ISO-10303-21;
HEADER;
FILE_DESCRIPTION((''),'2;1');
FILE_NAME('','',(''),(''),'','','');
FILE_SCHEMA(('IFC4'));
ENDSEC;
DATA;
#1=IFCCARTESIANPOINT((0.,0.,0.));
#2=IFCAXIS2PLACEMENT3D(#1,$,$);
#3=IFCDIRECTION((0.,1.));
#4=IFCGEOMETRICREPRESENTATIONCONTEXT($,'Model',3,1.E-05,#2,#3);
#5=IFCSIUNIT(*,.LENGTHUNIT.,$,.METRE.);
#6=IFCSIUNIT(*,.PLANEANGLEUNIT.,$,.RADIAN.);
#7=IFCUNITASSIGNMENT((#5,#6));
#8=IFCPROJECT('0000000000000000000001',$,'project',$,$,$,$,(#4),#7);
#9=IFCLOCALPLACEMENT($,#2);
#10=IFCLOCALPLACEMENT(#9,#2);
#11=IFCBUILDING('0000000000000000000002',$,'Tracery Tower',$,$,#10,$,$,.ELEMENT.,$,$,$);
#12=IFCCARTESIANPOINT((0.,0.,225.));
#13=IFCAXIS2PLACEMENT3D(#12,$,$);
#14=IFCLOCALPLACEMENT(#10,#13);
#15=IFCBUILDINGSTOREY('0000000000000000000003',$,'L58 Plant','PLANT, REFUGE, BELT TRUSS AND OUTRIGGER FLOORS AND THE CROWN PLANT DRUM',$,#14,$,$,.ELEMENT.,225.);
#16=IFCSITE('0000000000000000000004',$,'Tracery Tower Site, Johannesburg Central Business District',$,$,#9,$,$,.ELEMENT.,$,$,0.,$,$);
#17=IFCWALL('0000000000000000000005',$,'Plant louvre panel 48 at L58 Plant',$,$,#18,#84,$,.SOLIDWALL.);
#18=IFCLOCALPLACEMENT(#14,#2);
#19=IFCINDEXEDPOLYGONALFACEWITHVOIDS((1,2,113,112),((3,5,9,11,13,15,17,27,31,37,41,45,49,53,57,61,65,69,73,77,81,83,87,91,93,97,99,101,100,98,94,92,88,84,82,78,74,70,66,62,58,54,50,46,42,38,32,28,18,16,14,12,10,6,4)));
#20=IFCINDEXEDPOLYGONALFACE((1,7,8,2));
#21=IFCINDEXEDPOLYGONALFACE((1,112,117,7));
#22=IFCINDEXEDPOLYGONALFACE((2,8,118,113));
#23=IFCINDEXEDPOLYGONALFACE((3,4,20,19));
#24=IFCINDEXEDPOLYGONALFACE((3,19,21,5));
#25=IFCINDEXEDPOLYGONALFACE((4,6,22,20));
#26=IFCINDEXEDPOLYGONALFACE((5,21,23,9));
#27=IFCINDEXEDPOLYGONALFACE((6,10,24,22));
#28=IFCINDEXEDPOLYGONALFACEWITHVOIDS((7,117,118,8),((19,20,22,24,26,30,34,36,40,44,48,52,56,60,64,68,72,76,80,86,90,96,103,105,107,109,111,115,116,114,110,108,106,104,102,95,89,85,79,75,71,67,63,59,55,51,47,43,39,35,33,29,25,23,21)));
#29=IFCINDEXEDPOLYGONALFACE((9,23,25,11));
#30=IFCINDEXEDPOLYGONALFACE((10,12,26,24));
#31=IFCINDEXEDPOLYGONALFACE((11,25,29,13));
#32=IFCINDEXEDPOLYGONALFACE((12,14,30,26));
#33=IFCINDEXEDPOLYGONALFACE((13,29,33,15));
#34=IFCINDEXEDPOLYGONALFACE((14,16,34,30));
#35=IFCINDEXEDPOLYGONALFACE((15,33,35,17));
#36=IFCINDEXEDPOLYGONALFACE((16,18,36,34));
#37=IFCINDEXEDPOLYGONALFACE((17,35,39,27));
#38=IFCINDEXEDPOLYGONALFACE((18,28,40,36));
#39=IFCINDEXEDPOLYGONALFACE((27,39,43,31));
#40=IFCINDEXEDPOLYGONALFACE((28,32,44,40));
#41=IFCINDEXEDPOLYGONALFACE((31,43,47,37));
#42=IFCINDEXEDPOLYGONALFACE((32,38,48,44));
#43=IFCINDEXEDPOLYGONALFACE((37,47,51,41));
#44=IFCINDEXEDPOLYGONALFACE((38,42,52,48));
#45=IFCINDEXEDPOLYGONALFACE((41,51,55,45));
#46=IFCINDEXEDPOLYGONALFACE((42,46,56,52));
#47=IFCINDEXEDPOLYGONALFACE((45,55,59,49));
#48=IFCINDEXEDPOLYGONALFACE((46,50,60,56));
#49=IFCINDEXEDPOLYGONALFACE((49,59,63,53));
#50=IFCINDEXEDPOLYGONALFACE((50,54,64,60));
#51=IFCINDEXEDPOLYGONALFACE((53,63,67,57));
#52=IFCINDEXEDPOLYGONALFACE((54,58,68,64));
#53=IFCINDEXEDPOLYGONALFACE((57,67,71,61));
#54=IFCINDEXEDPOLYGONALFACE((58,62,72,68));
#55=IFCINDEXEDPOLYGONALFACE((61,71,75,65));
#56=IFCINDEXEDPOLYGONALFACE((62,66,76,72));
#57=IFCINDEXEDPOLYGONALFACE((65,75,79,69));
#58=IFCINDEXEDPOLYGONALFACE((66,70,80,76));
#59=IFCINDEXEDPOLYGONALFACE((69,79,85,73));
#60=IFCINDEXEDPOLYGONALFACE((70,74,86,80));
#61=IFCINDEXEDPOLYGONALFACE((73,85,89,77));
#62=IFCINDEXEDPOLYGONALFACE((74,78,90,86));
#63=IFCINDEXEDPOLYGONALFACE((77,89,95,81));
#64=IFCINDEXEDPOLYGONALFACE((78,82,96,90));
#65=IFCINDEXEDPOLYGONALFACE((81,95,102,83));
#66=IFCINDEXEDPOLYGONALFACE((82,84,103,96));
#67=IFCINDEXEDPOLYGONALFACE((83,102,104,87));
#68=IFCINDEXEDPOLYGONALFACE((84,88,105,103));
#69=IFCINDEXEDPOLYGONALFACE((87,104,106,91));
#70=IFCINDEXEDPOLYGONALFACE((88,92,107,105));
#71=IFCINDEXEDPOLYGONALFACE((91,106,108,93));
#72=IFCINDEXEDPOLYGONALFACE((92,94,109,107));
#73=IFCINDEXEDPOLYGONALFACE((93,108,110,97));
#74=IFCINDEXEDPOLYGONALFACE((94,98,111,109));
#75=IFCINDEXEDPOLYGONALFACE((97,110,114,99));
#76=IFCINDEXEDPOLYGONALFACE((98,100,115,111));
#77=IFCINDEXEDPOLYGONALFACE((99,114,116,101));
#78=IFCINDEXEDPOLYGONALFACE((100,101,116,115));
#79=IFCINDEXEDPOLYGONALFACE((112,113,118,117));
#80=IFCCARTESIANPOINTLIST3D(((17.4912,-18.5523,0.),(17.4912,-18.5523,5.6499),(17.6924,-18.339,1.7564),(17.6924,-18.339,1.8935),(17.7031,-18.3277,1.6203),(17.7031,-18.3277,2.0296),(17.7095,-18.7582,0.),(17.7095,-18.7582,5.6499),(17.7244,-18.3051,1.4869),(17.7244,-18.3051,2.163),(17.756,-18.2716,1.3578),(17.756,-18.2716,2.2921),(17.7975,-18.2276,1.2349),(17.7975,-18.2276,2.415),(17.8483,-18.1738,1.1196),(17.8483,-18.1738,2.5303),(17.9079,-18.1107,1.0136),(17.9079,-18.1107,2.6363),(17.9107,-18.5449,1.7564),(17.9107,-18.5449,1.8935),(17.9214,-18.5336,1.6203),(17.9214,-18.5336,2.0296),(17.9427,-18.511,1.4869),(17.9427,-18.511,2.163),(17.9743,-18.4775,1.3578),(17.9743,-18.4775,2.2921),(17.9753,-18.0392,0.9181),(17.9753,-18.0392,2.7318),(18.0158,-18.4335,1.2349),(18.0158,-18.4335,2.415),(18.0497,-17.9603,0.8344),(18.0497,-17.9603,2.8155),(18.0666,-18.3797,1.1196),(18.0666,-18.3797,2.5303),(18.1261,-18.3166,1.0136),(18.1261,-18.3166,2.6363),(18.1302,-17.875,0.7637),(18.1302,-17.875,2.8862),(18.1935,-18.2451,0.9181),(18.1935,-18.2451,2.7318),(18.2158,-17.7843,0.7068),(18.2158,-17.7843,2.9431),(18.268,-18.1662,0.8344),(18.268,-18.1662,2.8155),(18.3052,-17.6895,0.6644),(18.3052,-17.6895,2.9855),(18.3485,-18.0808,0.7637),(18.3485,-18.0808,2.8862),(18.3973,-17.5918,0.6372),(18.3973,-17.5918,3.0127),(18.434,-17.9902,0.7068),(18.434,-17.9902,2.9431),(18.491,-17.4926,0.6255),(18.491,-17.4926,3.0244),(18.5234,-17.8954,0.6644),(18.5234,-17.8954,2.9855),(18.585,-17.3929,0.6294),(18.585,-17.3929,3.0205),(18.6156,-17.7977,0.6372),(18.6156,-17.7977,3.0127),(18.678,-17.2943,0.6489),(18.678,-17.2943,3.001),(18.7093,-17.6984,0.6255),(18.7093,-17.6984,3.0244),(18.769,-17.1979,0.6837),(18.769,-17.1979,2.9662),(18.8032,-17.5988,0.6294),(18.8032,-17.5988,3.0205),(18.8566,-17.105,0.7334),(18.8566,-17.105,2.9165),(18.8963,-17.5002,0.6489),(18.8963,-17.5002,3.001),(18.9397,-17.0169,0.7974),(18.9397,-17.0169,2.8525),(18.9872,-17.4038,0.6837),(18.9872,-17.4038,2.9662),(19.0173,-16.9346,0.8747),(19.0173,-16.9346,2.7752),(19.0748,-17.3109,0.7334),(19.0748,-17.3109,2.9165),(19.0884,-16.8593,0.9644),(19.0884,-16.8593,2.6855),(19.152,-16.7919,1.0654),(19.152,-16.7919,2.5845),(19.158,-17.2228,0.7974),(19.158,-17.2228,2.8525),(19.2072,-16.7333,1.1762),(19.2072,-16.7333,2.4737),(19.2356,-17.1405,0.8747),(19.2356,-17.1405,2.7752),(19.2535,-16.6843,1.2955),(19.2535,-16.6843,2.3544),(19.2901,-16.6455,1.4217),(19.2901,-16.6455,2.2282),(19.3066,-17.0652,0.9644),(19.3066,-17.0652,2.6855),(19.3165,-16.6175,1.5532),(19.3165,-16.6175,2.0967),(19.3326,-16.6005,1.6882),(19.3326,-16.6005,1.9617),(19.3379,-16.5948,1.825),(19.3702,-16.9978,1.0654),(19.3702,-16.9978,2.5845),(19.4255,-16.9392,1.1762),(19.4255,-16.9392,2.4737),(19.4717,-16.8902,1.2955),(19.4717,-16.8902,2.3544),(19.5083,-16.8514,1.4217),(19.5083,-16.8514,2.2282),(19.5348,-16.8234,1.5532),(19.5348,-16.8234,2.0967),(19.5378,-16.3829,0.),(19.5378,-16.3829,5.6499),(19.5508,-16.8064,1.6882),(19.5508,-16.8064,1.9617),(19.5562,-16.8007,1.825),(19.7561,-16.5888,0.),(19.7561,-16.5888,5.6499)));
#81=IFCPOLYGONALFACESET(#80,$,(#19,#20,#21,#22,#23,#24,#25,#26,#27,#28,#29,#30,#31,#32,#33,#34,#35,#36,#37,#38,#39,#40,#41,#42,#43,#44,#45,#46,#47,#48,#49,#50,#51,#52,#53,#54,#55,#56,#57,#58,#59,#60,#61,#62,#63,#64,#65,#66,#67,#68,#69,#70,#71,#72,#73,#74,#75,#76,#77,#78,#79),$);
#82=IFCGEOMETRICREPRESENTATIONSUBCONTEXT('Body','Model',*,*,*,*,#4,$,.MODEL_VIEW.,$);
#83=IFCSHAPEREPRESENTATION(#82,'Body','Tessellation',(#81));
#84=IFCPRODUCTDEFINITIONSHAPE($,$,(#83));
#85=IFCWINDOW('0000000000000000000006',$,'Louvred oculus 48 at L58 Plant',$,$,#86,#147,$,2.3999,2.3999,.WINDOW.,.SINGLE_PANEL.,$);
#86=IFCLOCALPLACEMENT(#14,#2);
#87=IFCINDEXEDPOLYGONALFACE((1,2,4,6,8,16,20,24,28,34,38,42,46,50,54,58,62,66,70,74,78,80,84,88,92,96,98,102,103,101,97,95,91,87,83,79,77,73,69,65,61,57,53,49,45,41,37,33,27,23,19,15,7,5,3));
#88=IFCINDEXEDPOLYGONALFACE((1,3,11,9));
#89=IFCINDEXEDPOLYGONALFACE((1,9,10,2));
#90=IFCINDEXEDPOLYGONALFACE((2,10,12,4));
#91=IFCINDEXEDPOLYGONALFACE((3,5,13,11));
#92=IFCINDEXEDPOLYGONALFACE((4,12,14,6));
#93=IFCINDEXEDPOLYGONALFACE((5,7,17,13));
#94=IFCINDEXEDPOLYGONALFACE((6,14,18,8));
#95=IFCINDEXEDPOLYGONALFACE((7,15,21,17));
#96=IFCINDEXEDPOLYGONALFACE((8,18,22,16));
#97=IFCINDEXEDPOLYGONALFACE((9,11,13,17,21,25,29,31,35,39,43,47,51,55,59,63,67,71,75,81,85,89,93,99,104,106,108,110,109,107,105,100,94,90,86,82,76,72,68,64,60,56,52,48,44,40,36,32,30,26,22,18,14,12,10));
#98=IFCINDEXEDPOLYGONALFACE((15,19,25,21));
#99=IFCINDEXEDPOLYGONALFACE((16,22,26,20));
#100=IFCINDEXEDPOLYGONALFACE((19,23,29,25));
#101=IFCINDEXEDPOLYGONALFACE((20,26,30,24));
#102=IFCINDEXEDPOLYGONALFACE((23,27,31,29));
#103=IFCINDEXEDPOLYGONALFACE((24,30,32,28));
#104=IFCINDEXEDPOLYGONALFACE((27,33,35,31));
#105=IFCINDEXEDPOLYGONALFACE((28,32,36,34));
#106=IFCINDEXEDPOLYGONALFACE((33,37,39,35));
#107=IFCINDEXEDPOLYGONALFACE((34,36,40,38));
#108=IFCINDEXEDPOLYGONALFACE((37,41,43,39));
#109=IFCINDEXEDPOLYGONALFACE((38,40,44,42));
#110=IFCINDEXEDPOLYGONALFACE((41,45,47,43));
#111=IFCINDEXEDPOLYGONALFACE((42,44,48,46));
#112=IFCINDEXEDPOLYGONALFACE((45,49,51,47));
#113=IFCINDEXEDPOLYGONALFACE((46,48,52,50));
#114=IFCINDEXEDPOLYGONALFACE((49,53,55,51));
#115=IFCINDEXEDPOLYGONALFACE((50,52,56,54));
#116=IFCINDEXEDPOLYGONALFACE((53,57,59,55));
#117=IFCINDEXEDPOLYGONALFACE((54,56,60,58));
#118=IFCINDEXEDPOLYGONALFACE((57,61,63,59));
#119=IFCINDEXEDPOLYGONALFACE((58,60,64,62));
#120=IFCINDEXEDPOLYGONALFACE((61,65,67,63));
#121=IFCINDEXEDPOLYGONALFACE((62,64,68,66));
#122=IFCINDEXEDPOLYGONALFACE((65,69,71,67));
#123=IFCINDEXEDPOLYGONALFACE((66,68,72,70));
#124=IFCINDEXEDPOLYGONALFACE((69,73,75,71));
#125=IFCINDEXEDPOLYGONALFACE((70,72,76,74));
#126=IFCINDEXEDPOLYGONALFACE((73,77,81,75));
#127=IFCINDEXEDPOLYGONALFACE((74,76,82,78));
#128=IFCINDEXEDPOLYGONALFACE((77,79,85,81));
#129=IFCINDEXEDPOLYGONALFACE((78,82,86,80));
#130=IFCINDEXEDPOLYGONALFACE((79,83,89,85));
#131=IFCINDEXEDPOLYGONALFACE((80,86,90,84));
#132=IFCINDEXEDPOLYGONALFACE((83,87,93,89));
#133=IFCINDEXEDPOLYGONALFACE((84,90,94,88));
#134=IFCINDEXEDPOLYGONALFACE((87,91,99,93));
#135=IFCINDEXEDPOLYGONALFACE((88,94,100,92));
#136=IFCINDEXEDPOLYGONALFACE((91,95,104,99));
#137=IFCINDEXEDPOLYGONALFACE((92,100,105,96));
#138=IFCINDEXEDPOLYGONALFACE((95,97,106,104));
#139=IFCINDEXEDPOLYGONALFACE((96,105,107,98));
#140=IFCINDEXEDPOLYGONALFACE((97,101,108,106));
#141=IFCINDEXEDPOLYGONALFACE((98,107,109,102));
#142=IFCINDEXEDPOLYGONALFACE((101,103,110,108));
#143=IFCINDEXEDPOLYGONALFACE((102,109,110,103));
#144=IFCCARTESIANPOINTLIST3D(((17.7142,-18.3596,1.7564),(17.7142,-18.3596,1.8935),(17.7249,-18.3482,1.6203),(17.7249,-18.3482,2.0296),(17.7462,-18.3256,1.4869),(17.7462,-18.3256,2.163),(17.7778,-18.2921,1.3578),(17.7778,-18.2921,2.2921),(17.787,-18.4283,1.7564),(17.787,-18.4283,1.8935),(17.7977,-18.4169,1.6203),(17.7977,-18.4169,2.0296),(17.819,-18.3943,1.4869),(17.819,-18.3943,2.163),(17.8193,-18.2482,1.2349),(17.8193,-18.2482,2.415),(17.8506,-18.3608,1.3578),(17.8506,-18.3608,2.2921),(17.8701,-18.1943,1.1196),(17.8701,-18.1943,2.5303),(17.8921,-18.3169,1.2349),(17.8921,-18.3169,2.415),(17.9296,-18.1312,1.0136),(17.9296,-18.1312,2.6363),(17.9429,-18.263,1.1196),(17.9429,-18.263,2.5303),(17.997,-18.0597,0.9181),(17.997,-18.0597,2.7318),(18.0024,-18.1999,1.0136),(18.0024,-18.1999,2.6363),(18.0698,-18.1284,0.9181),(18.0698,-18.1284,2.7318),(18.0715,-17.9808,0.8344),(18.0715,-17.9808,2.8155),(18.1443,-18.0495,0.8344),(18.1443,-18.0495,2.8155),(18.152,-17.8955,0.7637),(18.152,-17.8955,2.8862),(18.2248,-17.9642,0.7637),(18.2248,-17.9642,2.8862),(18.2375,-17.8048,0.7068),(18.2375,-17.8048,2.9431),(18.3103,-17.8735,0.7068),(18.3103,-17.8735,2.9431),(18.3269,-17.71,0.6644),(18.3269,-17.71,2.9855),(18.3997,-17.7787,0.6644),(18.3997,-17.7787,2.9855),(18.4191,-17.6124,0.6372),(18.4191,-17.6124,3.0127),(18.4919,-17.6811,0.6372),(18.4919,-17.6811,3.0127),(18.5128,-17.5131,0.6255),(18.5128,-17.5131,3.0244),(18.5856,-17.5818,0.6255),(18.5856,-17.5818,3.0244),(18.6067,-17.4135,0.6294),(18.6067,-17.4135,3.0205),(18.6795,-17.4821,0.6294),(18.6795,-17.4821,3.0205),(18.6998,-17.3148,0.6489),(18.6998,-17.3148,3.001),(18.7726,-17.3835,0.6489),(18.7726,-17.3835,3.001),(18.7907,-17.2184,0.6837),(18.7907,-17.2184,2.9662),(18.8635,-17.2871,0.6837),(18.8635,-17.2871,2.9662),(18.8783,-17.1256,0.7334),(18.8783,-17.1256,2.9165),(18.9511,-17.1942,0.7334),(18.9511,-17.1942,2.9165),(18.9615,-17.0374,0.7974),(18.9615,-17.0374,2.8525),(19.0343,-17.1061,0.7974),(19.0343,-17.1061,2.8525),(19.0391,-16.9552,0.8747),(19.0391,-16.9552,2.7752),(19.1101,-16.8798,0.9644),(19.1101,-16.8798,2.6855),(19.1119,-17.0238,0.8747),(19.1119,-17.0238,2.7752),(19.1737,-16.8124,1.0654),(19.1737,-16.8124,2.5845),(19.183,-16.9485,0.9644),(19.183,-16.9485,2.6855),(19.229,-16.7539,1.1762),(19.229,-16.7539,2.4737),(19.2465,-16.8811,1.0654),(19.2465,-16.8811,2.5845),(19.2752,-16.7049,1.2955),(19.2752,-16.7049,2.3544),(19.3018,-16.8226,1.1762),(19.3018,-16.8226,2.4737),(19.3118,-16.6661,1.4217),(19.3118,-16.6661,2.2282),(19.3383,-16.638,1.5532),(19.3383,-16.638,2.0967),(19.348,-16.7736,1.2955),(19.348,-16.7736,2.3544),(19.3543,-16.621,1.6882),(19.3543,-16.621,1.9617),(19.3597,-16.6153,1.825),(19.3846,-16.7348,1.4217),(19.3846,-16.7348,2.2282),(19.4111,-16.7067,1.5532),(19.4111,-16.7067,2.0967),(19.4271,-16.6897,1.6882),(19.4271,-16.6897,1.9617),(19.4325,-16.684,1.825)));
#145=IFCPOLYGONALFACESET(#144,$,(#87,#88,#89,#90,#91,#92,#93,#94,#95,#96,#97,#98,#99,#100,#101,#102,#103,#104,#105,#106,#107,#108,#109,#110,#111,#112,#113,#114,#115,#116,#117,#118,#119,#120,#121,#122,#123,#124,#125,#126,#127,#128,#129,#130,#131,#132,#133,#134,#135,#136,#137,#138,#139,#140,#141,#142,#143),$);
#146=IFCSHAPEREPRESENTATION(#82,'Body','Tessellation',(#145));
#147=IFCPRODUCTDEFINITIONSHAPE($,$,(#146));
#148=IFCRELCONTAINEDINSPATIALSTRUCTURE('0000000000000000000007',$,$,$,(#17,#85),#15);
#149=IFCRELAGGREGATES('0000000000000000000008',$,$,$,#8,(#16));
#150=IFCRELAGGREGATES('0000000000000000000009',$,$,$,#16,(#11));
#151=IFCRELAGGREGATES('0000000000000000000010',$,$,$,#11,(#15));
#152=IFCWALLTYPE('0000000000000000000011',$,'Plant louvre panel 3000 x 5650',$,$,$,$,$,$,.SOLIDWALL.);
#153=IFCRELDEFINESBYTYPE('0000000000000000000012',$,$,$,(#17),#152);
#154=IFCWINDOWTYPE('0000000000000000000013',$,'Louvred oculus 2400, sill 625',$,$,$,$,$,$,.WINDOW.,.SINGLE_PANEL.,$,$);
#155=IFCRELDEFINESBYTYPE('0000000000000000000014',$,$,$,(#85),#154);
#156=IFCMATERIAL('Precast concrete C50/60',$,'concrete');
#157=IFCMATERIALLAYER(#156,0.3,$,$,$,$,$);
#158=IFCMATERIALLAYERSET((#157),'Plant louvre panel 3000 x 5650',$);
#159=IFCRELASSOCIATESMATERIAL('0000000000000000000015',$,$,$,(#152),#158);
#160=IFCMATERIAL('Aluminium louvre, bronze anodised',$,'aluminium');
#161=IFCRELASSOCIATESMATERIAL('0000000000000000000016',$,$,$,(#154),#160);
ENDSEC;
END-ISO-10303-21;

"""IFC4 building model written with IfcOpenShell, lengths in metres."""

from ifc_helpers import new_model, si_unit, direction, frame, frame_2d, origin, origin_2d, place, context, subcontext, project, spatial, rectangle, circle, extrude, material, layer, layer_set, type_object, element, fill, save


model = new_model("IFC4")

# Units and contexts
model_context = context("Model", 3, precision=1e-05, world=origin(), true_north=direction((0.0, 1.0)))
body_context = subcontext(model_context, "Body", "Model", "MODEL_VIEW")
ifc_project = project(units=[si_unit("LENGTHUNIT", "METRE"), si_unit("PLANEANGLEUNIT", "RADIAN")], contexts=[model_context])

# Site, building, storey
site_placement = place(None, origin())
site = spatial("IfcSite", under=ifc_project, at=site_placement, Name="Tracery Tower Site, Johannesburg Central Business District", CompositionType="ELEMENT", RefElevation=0.0)
building_placement = place(site_placement, origin())
building = spatial("IfcBuilding", under=site, at=building_placement, Name="Tracery Tower", CompositionType="ELEMENT")
storey_placement = place(building_placement, frame((0.0, 0.0, 225.0)))
storey = spatial("IfcBuildingStorey", under=building, at=storey_placement, Name="L58 Plant", Description="PLANT, REFUGE, BELT TRUSS AND OUTRIGGER FLOORS AND THE CROWN PLANT DRUM", CompositionType="ELEMENT", Elevation=225.0)

# Wall, opening, window
ifc_material_1 = material(Name="Precast concrete C50/60", Category="concrete")
ifc_layer_1 = layer(ifc_material_1, 0.3)
ifc_layer_set_1 = layer_set([ifc_layer_1], Name="Plant louvre panel 3000 x 5650")
wall_type_1 = type_object("IfcWallType", Name="Plant louvre panel 3000 x 5650", PredefinedType="SOLIDWALL", material=ifc_layer_set_1)
ifc_material_2 = material(Name="Aluminium louvre, bronze anodised", Category="aluminium")
window_type = type_object("IfcWindowType", Name="Louvred oculus 2400, sill 625", PartitioningType="SINGLE_PANEL", PredefinedType="WINDOW", material=ifc_material_2)
wall_1_placement = place(storey_placement, frame((17.6003, -18.6553, 0.0), z_axis=(0.0, 0.0, 1.0), x_axis=(0.68622, 0.727394, 0.0)))
wall_1 = element("IfcWall", 1, at=wall_1_placement, inside=storey, type_object=wall_type_1, Name="Plant louvre panel 48 at L58 Plant", PredefinedType="SOLIDWALL", context=body_context, shape_type="SweptSolid", body=[
    extrude(rectangle(XDim=2.9824, YDim=0.3, at=frame_2d((1.4912, 0.0))), origin(), (0.0, 0.0, 1.0), 5.6499),
])
opening_1_placement = place(wall_1_placement, frame((1.4912, 0.0, 1.825)))
opening_1 = element("IfcOpeningElement", 2, at=opening_1_placement, cuts=wall_1, PredefinedType="OPENING", context=body_context, shape_type="SweptSolid", body=[
    extrude(circle(Radius=1.2, at=origin_2d()), frame((0.0, 0.1599, 0.0), z_axis=(0.0, -1.0, 0.0), x_axis=(1.0, 0.0, 0.0)), (0.0, 0.0, 1.0), 0.3201),
])
window_1_placement = place(opening_1_placement, origin())
window_1 = element("IfcWindow", 3, at=window_1_placement, inside=storey, type_object=window_type, Name="Louvred oculus 48 at L58 Plant", OverallHeight=2.3999, OverallWidth=2.3999, PartitioningType="SINGLE_PANEL", PredefinedType="WINDOW", context=body_context, shape_type="SweptSolid", body=[
    extrude(circle(Radius=1.2, at=origin_2d()), frame((0.0, 0.1201, 0.0), z_axis=(0.0, -1.0, 0.0), x_axis=(1.0, 0.0, 0.0)), (0.0, 0.0, 1.0), 0.1001),
])
fill(opening_1, window_1)

save(model, "model.ifc")
